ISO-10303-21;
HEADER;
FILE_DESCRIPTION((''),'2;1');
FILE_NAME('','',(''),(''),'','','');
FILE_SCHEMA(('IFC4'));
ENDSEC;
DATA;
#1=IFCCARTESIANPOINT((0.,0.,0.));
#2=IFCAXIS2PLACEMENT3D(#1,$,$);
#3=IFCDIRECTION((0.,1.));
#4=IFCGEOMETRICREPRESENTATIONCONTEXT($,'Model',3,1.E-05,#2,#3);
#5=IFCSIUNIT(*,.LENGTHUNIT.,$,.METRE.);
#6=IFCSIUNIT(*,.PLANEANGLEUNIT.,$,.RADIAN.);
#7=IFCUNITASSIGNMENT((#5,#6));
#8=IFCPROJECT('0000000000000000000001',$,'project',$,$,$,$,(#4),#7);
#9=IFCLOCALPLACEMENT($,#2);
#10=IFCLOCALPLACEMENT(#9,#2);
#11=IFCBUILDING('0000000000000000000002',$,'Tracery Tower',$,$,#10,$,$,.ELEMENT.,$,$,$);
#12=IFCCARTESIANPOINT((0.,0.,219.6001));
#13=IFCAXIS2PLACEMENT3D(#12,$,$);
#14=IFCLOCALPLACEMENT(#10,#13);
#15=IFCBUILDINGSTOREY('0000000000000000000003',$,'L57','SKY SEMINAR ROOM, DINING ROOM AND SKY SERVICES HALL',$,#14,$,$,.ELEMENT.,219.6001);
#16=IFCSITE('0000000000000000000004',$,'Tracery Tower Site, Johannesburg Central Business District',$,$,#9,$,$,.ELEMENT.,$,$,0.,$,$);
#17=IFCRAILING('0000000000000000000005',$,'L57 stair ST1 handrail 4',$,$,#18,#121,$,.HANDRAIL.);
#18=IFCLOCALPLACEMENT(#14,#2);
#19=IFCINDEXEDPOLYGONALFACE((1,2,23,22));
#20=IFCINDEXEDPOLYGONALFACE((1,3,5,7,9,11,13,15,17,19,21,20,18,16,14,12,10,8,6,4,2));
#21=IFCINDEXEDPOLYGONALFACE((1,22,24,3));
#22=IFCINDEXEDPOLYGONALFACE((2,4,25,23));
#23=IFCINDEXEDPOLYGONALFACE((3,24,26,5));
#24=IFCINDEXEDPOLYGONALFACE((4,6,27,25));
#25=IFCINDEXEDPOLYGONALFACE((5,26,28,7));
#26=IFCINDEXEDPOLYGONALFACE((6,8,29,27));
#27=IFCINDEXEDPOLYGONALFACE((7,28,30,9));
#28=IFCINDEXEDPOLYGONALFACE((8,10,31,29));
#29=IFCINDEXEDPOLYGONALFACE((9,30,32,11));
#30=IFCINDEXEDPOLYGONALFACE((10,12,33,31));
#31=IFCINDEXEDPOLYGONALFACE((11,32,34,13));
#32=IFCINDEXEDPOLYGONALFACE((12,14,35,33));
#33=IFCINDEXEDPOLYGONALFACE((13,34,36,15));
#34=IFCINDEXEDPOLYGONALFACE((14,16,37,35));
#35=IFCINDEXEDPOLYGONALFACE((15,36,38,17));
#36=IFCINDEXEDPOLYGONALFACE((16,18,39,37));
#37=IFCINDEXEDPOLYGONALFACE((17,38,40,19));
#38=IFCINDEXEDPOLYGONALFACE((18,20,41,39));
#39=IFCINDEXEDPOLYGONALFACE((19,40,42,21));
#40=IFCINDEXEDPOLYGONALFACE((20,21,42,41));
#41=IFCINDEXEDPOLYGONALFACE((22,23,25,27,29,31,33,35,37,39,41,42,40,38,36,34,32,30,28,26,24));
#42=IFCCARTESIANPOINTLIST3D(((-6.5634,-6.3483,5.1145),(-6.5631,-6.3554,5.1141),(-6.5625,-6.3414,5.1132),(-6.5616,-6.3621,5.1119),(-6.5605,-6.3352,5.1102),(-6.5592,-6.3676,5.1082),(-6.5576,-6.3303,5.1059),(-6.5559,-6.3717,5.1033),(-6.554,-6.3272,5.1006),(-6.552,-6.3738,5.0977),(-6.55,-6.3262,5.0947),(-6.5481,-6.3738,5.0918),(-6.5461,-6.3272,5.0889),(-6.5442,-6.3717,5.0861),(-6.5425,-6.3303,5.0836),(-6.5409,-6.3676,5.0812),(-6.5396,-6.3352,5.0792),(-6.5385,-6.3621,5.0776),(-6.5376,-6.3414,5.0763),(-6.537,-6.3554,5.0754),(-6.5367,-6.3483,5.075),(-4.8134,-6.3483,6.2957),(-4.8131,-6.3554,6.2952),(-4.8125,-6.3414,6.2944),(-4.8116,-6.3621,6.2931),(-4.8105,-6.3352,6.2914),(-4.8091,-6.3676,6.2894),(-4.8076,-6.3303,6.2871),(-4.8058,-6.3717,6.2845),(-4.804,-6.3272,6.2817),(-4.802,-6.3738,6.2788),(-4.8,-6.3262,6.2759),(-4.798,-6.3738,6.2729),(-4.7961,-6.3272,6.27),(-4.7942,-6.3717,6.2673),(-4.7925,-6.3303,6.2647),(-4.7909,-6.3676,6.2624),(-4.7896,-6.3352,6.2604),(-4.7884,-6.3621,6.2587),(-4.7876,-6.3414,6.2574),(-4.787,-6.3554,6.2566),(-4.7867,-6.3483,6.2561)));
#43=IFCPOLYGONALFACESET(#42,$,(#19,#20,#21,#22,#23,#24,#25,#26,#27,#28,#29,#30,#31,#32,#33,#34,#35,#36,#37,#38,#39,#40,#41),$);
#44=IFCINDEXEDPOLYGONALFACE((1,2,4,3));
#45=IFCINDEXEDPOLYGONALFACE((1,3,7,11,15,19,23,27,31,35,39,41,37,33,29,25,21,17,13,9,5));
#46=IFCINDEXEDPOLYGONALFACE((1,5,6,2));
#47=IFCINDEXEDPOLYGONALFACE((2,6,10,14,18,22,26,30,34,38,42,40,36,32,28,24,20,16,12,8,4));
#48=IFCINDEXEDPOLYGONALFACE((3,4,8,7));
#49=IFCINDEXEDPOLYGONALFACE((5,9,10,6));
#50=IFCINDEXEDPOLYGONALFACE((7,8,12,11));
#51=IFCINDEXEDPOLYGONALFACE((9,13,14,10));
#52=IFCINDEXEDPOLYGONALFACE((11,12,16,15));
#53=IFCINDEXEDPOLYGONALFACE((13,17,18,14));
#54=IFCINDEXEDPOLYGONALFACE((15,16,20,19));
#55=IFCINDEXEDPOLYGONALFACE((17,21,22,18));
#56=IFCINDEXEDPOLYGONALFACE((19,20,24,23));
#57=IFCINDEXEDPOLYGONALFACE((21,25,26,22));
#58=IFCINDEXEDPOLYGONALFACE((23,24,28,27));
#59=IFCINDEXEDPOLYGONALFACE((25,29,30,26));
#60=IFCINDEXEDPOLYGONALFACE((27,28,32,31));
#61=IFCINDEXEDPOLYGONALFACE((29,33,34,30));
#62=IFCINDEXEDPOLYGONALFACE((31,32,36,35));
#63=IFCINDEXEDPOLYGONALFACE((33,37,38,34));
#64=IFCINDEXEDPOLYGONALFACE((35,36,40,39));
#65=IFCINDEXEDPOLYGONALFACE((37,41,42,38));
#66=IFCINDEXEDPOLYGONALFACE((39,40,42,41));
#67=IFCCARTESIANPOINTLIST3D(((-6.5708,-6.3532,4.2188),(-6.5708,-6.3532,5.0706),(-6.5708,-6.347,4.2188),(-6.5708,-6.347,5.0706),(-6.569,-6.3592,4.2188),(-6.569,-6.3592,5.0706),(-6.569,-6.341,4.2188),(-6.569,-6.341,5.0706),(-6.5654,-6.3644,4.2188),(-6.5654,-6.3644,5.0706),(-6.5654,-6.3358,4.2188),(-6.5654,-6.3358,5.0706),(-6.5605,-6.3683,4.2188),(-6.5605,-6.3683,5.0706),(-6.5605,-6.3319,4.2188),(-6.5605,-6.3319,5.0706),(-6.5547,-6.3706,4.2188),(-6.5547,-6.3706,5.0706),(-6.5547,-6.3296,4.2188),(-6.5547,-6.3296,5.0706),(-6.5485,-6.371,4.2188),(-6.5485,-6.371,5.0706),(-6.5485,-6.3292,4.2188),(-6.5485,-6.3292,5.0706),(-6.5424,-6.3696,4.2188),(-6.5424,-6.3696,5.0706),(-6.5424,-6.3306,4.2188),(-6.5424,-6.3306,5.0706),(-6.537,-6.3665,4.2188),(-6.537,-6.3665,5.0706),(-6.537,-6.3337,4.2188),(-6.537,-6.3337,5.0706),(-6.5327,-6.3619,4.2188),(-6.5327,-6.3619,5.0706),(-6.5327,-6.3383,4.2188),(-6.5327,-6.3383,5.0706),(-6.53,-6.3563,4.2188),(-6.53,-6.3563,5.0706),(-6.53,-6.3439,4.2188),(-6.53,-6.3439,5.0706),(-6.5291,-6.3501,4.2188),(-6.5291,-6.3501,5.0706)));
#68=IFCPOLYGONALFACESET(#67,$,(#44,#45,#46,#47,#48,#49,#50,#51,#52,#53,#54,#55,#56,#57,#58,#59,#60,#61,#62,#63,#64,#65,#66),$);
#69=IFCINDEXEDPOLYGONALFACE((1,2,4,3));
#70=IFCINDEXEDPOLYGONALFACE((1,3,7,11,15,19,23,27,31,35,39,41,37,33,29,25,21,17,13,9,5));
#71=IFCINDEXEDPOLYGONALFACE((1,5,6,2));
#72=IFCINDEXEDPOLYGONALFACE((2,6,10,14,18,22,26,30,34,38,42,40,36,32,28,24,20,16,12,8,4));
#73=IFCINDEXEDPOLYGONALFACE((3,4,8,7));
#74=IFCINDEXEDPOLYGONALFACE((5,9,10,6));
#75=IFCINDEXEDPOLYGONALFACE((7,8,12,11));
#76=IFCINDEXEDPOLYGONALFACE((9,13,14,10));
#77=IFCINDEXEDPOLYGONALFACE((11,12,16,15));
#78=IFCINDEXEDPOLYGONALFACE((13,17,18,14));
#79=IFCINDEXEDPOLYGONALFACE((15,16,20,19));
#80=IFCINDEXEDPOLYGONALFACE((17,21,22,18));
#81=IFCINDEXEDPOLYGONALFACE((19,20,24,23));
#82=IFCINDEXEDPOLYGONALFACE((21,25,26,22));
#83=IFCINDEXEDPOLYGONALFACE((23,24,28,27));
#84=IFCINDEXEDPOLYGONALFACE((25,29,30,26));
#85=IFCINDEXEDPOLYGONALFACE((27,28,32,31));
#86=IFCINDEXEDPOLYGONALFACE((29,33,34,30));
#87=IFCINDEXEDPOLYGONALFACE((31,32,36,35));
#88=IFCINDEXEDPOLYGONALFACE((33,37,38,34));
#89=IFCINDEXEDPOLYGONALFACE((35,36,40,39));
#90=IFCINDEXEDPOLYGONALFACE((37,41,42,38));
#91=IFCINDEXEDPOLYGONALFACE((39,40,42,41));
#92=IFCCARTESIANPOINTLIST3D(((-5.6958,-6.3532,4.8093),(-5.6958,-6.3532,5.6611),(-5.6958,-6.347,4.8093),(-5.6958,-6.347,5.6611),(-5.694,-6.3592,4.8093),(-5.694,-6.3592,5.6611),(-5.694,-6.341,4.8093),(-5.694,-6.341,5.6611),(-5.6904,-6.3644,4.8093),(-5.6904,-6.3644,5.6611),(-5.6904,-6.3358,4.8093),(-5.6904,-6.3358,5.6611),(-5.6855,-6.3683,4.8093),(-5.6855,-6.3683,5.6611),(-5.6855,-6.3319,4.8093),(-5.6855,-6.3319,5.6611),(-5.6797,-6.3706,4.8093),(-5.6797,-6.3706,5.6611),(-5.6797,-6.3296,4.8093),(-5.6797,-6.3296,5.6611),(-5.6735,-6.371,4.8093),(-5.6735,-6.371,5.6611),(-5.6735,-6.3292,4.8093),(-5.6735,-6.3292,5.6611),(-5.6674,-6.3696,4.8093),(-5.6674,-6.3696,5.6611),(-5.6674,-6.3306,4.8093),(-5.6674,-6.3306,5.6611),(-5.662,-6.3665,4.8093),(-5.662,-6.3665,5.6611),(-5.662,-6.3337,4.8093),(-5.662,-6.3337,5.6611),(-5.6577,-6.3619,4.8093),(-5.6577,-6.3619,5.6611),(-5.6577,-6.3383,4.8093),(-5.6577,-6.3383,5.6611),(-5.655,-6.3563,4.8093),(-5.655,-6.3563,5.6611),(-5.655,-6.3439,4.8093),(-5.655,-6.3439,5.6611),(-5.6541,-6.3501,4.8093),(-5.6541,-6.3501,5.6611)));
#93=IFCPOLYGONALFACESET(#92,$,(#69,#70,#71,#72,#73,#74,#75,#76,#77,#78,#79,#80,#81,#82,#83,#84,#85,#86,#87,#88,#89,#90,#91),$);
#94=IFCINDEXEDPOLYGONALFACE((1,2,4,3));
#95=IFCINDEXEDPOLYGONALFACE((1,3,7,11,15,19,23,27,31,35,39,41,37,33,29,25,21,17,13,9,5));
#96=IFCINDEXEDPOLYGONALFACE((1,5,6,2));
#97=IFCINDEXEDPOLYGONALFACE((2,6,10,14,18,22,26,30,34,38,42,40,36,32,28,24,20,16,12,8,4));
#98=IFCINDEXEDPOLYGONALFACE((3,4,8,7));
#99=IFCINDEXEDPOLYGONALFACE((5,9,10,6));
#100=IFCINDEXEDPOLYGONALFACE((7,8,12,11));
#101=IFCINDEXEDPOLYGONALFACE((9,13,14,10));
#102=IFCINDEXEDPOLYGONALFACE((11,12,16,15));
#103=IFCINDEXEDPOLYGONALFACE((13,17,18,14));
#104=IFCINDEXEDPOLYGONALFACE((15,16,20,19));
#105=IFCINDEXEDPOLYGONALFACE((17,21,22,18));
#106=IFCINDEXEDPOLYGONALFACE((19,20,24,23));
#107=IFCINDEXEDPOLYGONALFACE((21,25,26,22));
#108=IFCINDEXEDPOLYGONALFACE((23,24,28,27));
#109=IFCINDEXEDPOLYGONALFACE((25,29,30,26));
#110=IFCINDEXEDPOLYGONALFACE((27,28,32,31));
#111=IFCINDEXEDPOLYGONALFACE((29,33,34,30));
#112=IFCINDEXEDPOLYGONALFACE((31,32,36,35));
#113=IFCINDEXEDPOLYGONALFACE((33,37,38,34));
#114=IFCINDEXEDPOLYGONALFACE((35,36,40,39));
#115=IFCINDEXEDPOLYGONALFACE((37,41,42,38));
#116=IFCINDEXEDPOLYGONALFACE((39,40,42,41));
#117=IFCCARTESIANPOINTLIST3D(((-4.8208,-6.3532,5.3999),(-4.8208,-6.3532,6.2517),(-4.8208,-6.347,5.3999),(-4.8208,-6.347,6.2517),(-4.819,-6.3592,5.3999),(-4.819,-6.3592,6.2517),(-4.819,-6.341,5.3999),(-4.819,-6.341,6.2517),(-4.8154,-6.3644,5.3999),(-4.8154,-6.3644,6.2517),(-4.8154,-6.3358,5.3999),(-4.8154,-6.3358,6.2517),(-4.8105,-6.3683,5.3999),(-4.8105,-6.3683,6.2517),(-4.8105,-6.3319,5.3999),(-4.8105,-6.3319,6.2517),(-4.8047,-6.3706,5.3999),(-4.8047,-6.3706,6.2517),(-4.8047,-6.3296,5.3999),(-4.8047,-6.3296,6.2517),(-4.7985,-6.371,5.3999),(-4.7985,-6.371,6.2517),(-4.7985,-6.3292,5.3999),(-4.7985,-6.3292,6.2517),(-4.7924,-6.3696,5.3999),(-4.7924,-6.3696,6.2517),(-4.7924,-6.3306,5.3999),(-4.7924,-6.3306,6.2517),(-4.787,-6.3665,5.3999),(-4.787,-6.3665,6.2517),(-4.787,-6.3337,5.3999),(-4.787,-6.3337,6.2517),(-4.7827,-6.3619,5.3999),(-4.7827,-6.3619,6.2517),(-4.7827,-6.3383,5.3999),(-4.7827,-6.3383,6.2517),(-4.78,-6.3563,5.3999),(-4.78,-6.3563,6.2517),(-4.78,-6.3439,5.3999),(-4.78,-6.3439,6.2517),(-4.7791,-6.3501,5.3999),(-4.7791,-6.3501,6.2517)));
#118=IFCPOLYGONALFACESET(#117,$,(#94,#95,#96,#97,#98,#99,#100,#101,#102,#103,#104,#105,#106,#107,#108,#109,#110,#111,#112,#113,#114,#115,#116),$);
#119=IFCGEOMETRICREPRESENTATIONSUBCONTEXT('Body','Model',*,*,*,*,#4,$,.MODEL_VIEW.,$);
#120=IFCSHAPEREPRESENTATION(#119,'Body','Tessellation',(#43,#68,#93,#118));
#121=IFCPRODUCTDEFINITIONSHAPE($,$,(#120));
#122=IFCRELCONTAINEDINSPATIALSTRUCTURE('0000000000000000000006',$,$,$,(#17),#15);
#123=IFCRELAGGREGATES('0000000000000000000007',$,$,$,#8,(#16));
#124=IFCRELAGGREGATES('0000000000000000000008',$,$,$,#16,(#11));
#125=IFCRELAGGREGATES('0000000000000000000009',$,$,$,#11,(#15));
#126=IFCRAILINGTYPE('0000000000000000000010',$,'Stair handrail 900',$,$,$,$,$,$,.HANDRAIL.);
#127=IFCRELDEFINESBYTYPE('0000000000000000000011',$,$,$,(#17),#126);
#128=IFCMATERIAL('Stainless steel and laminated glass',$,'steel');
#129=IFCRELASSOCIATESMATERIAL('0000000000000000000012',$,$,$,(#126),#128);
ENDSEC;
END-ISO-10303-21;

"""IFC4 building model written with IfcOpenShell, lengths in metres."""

from ifc_helpers import new_model, si_unit, direction, frame, origin, origin_2d, place, context, subcontext, project, spatial, circle, extrude, material, type_object, element, save


model = new_model("IFC4")

# Units and contexts
model_context = context("Model", 3, precision=1e-05, world=origin(), true_north=direction((0.0, 1.0)))
body_context = subcontext(model_context, "Body", "Model", "MODEL_VIEW")
ifc_project = project(units=[si_unit("LENGTHUNIT", "METRE"), si_unit("PLANEANGLEUNIT", "RADIAN")], contexts=[model_context])

# Site, building, storey
site_placement = place(None, origin())
site = spatial("IfcSite", under=ifc_project, at=site_placement, Name="Tracery Tower Site, Johannesburg Central Business District", CompositionType="ELEMENT", RefElevation=0.0)
building_placement = place(site_placement, origin())
building = spatial("IfcBuilding", under=site, at=building_placement, Name="Tracery Tower", CompositionType="ELEMENT")
storey_placement = place(building_placement, frame((0.0, 0.0, 219.6001)))
storey = spatial("IfcBuildingStorey", under=building, at=storey_placement, Name="L57", Description="SKY SEMINAR ROOM, DINING ROOM AND SKY SERVICES HALL", CompositionType="ELEMENT", Elevation=219.6001)

# Railing
ifc_material_1 = material(Name="Stainless steel and laminated glass", Category="steel")
railing_type_1 = type_object("IfcRailingType", Name="Stair handrail 900", PredefinedType="HANDRAIL", material=ifc_material_1)
railing_1_placement = place(storey_placement, frame((-6.55, -6.3501, 4.2188)))
element("IfcRailing", 1, at=railing_1_placement, inside=storey, type_object=railing_type_1, Name="L57 stair ST1 handrail 4", PredefinedType="HANDRAIL", context=body_context, shape_type="SweptSolid", body=[
    extrude(circle(Radius=0.0239, at=origin_2d()), frame((0.0, 0.0, 0.876), z_axis=(0.82887, 0.0, 0.559441), x_axis=(0.0, 1.0, 0.0)), (0.0, 0.0, 1.0), 2.1113),
    extrude(circle(Radius=0.021, at=origin_2d()), origin(), (0.0, 0.0, 1.0), 0.8518),
    extrude(circle(Radius=0.021, at=origin_2d()), frame((0.875, 0.0, 0.5906)), (0.0, 0.0, 1.0), 0.8518),
    extrude(circle(Radius=0.021, at=origin_2d()), frame((1.75, 0.0, 1.1812)), (0.0, 0.0, 1.0), 0.8518),
])

save(model, "model.ifc")
